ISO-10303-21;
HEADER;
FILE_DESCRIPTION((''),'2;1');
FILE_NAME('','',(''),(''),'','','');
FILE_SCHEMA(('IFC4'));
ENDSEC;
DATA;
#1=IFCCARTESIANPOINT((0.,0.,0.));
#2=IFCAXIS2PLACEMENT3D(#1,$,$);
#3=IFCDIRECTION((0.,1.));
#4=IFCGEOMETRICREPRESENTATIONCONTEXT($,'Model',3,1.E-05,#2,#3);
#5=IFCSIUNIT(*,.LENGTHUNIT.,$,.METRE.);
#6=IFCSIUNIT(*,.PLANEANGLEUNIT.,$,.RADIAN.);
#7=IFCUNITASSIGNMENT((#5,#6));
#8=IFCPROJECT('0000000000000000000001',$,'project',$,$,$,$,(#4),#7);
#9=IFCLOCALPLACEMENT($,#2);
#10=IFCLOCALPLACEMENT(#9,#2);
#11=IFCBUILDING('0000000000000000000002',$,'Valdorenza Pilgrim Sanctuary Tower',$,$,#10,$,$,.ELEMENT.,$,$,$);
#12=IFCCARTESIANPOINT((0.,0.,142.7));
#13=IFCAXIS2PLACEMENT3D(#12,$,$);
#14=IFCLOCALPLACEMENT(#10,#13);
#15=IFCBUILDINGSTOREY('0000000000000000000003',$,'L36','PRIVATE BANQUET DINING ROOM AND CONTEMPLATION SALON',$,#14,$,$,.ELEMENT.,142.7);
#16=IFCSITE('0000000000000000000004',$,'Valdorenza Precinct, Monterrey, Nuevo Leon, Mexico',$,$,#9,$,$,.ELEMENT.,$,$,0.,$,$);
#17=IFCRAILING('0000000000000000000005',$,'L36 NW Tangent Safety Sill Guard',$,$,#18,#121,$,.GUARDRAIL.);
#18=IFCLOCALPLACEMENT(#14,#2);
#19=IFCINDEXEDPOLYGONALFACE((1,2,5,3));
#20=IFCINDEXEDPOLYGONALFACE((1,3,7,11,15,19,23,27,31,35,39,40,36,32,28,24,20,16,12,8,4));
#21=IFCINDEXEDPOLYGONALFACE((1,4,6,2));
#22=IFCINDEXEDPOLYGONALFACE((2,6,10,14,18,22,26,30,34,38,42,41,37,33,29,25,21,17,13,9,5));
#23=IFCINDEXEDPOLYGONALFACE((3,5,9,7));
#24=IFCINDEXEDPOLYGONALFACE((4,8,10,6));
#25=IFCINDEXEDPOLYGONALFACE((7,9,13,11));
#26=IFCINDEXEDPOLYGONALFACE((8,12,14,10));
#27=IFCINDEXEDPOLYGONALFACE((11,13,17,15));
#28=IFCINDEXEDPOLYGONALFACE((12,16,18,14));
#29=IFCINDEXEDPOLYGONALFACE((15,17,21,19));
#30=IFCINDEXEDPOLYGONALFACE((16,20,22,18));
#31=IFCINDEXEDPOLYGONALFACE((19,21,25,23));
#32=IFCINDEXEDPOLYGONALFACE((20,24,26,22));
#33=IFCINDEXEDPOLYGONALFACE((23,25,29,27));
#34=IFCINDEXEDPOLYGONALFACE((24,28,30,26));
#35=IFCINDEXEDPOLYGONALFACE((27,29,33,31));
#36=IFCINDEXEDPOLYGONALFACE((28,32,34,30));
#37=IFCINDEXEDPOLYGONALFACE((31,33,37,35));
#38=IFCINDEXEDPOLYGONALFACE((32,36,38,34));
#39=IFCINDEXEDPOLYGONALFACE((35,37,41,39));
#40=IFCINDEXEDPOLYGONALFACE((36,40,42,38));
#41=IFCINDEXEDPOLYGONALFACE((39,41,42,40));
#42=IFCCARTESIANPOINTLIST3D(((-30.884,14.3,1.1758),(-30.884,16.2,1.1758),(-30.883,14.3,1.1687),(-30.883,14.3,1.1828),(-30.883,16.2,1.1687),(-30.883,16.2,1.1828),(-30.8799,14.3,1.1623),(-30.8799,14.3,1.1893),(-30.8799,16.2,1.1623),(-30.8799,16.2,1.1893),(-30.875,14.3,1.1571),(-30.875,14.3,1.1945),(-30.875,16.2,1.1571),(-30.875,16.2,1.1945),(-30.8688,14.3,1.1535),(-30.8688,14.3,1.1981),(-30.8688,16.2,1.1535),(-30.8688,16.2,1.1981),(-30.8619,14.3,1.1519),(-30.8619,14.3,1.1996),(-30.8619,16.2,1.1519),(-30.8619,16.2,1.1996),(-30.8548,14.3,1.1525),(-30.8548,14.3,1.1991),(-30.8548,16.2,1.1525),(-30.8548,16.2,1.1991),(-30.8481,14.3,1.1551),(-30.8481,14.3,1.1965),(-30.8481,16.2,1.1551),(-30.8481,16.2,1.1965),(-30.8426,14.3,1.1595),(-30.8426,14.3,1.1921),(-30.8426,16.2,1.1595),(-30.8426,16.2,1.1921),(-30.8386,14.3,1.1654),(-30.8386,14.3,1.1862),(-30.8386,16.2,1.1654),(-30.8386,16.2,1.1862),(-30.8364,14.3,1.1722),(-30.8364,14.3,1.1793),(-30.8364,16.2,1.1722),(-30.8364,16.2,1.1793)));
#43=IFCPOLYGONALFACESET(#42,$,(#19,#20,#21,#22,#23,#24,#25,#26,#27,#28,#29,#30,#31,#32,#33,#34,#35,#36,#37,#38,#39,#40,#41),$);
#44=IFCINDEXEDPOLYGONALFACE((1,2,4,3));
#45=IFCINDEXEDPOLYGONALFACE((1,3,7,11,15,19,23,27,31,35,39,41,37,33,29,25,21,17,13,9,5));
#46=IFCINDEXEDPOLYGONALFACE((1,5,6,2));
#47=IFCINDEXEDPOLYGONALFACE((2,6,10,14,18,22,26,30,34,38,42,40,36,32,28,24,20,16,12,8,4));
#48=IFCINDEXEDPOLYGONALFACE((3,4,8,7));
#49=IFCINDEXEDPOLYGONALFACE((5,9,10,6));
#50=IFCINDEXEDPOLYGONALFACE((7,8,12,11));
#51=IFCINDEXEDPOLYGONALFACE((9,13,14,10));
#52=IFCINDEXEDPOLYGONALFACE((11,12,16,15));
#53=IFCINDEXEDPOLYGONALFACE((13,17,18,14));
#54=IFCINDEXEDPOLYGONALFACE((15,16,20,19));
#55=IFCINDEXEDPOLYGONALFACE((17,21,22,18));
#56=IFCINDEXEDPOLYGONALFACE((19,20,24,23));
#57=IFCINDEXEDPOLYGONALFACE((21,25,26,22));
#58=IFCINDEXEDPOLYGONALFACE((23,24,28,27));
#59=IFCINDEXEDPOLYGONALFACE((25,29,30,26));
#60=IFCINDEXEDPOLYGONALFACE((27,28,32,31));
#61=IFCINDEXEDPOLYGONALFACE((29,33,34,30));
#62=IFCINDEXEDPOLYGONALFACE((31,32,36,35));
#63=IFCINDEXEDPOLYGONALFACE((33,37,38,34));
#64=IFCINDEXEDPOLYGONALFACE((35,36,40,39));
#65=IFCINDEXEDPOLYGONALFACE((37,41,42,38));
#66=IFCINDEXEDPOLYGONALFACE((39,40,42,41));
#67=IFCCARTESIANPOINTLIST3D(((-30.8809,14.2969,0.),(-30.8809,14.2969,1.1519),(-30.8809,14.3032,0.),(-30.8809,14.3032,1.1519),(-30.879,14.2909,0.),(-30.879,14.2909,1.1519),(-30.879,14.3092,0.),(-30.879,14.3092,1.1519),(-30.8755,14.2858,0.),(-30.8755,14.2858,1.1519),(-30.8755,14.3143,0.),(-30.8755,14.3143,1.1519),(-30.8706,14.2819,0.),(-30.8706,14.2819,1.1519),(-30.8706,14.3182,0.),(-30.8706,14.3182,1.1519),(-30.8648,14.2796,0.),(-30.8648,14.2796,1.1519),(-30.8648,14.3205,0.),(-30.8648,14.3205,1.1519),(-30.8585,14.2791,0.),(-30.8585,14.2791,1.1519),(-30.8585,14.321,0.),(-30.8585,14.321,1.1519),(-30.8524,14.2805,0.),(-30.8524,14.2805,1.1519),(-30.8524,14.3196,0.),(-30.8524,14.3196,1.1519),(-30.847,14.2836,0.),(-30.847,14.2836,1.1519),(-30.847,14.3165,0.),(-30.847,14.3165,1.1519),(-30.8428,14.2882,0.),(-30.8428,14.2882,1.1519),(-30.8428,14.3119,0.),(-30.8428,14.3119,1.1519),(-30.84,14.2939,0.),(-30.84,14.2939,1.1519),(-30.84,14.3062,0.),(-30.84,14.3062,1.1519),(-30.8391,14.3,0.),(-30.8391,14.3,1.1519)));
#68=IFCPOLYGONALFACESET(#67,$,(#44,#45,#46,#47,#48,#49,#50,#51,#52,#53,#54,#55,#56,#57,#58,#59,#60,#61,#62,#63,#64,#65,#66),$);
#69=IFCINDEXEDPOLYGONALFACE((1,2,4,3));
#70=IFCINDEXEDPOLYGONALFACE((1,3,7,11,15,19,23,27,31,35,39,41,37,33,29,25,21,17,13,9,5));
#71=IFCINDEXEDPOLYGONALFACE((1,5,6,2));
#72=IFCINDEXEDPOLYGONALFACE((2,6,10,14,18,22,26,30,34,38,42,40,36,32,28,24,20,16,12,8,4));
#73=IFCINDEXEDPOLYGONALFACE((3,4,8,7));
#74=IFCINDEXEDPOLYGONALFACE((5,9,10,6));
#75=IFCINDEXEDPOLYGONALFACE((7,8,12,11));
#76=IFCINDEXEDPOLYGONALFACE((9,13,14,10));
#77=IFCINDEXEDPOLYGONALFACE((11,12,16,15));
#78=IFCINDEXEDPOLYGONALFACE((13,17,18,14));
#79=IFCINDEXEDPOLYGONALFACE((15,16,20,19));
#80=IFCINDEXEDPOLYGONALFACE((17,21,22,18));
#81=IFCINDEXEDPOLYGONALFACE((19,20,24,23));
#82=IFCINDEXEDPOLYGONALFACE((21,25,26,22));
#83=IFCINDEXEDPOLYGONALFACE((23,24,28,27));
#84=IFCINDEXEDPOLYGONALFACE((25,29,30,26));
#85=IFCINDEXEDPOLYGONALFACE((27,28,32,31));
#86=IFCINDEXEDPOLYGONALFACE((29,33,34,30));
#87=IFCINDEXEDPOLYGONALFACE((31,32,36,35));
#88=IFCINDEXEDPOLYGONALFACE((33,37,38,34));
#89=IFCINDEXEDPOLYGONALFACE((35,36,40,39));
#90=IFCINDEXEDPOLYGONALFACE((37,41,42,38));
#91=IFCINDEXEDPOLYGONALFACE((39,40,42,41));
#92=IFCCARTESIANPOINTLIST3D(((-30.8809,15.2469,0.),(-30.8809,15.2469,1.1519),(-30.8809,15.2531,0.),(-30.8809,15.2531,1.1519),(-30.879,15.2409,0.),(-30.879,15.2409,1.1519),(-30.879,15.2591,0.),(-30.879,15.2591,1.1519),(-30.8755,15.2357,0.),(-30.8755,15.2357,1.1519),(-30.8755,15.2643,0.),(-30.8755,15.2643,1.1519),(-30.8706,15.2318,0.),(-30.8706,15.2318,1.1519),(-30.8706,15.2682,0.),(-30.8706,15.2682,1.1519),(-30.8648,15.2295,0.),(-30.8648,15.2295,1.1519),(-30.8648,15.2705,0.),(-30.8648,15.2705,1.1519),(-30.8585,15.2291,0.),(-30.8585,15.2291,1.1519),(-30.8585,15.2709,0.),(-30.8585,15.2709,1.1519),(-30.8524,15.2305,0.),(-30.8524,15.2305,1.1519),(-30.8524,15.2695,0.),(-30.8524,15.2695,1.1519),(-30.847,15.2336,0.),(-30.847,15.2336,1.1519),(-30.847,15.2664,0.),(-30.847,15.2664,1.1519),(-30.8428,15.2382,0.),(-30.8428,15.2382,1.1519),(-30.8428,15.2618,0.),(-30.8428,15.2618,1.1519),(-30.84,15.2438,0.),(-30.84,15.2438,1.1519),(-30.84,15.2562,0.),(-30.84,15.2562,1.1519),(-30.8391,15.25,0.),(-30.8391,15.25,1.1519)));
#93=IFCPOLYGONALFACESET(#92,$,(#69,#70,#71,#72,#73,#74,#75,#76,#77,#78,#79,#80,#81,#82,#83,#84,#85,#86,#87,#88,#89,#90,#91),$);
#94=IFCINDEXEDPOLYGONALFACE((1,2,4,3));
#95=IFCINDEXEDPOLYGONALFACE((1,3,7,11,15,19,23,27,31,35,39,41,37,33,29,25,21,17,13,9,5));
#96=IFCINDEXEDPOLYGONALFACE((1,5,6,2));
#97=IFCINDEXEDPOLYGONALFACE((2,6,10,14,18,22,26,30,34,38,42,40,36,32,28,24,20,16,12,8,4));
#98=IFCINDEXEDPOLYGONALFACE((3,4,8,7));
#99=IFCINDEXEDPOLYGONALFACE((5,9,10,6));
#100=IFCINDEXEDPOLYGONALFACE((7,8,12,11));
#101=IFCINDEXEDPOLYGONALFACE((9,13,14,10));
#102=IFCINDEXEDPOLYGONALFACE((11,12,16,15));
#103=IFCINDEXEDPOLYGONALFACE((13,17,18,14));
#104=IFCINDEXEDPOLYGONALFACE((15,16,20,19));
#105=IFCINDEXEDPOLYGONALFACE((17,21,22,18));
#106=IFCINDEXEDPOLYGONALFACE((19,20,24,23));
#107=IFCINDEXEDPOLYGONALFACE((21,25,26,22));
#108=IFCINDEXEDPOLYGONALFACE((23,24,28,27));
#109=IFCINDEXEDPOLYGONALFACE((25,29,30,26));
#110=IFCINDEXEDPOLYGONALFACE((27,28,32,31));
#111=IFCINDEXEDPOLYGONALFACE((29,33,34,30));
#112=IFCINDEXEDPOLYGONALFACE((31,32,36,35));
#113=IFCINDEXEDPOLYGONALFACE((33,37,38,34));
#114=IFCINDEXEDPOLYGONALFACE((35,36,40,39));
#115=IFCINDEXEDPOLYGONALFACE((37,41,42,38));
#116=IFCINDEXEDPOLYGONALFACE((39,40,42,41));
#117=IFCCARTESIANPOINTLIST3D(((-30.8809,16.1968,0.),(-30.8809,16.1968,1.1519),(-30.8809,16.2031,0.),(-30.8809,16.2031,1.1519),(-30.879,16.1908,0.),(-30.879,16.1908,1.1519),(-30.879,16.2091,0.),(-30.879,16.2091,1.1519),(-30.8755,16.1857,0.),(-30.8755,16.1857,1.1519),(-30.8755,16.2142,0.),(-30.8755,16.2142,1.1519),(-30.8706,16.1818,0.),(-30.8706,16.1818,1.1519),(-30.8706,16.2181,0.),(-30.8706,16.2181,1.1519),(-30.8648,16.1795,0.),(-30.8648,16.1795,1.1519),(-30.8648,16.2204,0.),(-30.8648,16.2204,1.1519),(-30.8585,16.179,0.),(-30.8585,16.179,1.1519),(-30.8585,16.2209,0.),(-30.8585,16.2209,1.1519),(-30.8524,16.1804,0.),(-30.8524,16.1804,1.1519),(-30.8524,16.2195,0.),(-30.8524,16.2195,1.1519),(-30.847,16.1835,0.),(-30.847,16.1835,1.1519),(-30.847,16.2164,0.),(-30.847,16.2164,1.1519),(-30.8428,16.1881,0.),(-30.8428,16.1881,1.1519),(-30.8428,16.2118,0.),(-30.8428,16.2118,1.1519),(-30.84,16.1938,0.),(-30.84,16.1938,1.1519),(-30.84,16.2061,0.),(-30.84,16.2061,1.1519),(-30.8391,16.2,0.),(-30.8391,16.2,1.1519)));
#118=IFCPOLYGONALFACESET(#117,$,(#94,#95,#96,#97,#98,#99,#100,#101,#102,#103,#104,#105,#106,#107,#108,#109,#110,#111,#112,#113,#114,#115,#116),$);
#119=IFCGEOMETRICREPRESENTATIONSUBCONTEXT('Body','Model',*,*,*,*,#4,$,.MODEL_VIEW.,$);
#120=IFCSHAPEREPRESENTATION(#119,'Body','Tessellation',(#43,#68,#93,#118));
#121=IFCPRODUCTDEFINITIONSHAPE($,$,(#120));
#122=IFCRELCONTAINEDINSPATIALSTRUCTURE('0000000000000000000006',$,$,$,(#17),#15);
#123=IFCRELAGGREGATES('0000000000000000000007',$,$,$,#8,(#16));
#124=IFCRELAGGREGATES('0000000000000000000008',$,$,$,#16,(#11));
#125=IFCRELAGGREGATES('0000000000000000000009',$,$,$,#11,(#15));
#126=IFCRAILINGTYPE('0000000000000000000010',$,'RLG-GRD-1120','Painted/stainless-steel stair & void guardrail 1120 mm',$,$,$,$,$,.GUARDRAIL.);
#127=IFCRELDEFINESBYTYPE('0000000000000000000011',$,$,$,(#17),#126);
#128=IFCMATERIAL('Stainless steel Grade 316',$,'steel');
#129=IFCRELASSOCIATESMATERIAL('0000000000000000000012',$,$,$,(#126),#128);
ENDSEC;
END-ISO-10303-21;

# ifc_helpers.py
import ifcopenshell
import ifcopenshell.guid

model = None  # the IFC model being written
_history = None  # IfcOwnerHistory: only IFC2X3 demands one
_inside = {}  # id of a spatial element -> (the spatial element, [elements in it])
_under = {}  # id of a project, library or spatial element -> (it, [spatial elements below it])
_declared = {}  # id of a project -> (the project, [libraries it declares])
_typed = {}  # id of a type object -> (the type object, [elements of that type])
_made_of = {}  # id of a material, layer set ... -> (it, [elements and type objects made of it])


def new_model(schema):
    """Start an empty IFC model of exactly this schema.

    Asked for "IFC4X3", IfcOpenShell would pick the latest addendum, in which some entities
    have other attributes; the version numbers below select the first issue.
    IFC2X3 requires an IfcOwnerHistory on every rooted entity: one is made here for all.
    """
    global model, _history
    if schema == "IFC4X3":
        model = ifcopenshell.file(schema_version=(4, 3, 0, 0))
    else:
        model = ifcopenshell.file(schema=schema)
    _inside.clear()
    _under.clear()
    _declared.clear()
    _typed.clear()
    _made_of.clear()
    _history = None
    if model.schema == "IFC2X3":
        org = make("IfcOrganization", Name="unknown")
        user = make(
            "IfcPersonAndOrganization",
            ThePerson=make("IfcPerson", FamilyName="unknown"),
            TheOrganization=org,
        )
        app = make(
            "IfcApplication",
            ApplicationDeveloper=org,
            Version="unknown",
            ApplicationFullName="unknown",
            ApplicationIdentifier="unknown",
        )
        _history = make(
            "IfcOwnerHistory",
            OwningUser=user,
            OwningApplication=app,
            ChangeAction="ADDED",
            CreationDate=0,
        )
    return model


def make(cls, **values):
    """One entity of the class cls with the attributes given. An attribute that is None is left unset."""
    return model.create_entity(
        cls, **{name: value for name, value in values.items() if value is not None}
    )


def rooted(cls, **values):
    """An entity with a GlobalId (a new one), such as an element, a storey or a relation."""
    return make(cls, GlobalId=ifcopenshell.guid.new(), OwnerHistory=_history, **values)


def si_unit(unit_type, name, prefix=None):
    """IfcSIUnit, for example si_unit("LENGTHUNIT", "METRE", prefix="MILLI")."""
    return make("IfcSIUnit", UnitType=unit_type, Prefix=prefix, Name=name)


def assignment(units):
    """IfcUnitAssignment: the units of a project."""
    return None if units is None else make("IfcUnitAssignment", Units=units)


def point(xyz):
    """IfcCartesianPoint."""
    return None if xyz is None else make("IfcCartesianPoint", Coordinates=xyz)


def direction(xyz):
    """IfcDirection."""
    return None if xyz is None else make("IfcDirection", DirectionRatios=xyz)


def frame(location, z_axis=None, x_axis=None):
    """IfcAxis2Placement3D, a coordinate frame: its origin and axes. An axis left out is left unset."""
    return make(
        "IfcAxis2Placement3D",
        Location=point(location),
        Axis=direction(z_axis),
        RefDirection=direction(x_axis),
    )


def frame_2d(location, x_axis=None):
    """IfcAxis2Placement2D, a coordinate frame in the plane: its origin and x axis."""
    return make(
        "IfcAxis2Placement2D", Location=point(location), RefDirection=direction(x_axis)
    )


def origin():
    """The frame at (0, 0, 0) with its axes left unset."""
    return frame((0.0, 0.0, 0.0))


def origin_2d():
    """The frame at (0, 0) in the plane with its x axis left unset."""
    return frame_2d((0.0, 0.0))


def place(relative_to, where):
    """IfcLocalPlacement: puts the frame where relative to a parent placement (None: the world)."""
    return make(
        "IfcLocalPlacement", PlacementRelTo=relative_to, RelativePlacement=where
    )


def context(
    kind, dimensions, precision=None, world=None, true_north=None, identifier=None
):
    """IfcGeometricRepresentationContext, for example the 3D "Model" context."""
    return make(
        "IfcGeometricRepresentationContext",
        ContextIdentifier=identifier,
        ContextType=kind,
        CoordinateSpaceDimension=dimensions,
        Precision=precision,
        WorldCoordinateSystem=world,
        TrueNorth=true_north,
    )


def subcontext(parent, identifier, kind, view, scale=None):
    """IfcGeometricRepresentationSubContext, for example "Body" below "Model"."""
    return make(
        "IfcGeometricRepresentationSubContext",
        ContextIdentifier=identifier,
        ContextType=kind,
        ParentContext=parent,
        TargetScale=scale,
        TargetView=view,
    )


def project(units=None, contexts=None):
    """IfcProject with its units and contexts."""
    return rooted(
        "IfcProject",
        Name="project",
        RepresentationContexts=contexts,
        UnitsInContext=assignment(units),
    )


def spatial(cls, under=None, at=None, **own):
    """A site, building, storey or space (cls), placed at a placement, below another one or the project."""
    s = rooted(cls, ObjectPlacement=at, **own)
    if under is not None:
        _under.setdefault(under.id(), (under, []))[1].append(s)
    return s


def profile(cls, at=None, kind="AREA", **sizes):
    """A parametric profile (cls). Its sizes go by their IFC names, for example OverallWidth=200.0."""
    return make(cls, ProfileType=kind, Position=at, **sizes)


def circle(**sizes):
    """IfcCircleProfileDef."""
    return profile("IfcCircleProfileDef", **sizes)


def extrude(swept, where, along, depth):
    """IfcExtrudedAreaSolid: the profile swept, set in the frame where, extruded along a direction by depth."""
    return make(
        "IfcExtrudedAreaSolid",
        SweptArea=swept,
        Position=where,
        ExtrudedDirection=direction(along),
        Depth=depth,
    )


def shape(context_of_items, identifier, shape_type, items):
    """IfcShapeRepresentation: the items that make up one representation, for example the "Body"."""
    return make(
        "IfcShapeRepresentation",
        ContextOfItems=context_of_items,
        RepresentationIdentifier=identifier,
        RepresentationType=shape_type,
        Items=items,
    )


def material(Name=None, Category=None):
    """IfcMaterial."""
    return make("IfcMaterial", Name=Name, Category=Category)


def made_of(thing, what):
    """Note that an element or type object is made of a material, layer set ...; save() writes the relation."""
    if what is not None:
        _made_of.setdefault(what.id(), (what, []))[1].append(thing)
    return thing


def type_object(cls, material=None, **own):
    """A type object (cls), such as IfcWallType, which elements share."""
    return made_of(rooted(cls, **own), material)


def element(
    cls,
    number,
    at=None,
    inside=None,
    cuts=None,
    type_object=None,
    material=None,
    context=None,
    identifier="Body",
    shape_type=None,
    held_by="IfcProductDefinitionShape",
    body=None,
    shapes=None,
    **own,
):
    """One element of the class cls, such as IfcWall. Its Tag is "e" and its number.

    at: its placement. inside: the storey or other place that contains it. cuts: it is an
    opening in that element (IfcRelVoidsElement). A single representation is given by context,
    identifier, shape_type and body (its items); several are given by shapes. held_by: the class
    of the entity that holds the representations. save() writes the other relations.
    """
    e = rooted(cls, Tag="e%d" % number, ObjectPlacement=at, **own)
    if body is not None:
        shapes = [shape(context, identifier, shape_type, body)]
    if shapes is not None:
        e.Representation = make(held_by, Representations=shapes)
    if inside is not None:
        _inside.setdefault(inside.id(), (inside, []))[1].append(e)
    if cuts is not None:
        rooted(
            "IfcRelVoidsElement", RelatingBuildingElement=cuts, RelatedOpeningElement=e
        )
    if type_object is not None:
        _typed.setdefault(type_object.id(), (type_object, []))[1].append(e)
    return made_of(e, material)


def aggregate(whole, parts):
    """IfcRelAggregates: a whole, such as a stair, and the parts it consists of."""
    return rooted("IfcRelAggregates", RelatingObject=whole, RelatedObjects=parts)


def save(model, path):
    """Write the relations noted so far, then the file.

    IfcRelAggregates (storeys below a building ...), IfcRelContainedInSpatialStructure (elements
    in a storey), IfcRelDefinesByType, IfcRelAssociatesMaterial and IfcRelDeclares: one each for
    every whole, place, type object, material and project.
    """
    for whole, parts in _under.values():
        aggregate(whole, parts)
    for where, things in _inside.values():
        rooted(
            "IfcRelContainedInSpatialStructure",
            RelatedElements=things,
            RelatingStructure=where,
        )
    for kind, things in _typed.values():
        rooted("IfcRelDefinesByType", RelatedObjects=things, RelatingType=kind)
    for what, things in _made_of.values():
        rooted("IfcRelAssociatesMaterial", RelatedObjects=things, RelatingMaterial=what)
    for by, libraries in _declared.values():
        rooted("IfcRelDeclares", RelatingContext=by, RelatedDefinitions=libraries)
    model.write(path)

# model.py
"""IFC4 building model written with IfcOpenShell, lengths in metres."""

from ifc_helpers import new_model, si_unit, direction, frame, origin, origin_2d, place, context, subcontext, project, spatial, circle, extrude, material, type_object, element, save


model = new_model("IFC4")

# Units and contexts
model_context = context("Model", 3, precision=1e-05, world=origin(), true_north=direction((0.0, 1.0)))
body_context = subcontext(model_context, "Body", "Model", "MODEL_VIEW")
ifc_project = project(units=[si_unit("LENGTHUNIT", "METRE"), si_unit("PLANEANGLEUNIT", "RADIAN")], contexts=[model_context])

# Site, building, storey
site_placement = place(None, origin())
site = spatial("IfcSite", under=ifc_project, at=site_placement, Name="Valdorenza Precinct, Monterrey, Nuevo Leon, Mexico", CompositionType="ELEMENT", RefElevation=0.0)
building_placement = place(site_placement, origin())
building = spatial("IfcBuilding", under=site, at=building_placement, Name="Valdorenza Pilgrim Sanctuary Tower", CompositionType="ELEMENT")
storey_placement = place(building_placement, frame((0.0, 0.0, 142.7)))
storey = spatial("IfcBuildingStorey", under=building, at=storey_placement, Name="L36", Description="PRIVATE BANQUET DINING ROOM AND CONTEMPLATION SALON", CompositionType="ELEMENT", Elevation=142.7)

# Railing
ifc_material_1 = material(Name="Stainless steel Grade 316", Category="steel")
railing_type = type_object("IfcRailingType", Name="RLG-GRD-1120", Description="Painted/stainless-steel stair & void guardrail 1120 mm", PredefinedType="GUARDRAIL", material=ifc_material_1)
railing_placement = place(storey_placement, frame((-30.8601, 14.3, 0.0)))
element("IfcRailing", 1, at=railing_placement, inside=storey, type_object=railing_type, Name="L36 NW Tangent Safety Sill Guard", PredefinedType="GUARDRAIL", context=body_context, shape_type="SweptSolid", body=[
    extrude(circle(Radius=0.0239, at=origin_2d()), frame((0.0, 0.0, 1.1758), z_axis=(0.0, 1.0, 0.0), x_axis=(-1.0, 0.0, 0.0)), (0.0, 0.0, 1.0), 1.8999),
    extrude(circle(Radius=0.021, at=origin_2d()), origin(), (0.0, 0.0, 1.0), 1.1519),
    extrude(circle(Radius=0.021, at=origin_2d()), frame((0.0, 0.95, 0.0)), (0.0, 0.0, 1.0), 1.1519),
    extrude(circle(Radius=0.021, at=origin_2d()), frame((0.0, 1.8999, 0.0)), (0.0, 0.0, 1.0), 1.1519),
])

save(model, "model.ifc")
